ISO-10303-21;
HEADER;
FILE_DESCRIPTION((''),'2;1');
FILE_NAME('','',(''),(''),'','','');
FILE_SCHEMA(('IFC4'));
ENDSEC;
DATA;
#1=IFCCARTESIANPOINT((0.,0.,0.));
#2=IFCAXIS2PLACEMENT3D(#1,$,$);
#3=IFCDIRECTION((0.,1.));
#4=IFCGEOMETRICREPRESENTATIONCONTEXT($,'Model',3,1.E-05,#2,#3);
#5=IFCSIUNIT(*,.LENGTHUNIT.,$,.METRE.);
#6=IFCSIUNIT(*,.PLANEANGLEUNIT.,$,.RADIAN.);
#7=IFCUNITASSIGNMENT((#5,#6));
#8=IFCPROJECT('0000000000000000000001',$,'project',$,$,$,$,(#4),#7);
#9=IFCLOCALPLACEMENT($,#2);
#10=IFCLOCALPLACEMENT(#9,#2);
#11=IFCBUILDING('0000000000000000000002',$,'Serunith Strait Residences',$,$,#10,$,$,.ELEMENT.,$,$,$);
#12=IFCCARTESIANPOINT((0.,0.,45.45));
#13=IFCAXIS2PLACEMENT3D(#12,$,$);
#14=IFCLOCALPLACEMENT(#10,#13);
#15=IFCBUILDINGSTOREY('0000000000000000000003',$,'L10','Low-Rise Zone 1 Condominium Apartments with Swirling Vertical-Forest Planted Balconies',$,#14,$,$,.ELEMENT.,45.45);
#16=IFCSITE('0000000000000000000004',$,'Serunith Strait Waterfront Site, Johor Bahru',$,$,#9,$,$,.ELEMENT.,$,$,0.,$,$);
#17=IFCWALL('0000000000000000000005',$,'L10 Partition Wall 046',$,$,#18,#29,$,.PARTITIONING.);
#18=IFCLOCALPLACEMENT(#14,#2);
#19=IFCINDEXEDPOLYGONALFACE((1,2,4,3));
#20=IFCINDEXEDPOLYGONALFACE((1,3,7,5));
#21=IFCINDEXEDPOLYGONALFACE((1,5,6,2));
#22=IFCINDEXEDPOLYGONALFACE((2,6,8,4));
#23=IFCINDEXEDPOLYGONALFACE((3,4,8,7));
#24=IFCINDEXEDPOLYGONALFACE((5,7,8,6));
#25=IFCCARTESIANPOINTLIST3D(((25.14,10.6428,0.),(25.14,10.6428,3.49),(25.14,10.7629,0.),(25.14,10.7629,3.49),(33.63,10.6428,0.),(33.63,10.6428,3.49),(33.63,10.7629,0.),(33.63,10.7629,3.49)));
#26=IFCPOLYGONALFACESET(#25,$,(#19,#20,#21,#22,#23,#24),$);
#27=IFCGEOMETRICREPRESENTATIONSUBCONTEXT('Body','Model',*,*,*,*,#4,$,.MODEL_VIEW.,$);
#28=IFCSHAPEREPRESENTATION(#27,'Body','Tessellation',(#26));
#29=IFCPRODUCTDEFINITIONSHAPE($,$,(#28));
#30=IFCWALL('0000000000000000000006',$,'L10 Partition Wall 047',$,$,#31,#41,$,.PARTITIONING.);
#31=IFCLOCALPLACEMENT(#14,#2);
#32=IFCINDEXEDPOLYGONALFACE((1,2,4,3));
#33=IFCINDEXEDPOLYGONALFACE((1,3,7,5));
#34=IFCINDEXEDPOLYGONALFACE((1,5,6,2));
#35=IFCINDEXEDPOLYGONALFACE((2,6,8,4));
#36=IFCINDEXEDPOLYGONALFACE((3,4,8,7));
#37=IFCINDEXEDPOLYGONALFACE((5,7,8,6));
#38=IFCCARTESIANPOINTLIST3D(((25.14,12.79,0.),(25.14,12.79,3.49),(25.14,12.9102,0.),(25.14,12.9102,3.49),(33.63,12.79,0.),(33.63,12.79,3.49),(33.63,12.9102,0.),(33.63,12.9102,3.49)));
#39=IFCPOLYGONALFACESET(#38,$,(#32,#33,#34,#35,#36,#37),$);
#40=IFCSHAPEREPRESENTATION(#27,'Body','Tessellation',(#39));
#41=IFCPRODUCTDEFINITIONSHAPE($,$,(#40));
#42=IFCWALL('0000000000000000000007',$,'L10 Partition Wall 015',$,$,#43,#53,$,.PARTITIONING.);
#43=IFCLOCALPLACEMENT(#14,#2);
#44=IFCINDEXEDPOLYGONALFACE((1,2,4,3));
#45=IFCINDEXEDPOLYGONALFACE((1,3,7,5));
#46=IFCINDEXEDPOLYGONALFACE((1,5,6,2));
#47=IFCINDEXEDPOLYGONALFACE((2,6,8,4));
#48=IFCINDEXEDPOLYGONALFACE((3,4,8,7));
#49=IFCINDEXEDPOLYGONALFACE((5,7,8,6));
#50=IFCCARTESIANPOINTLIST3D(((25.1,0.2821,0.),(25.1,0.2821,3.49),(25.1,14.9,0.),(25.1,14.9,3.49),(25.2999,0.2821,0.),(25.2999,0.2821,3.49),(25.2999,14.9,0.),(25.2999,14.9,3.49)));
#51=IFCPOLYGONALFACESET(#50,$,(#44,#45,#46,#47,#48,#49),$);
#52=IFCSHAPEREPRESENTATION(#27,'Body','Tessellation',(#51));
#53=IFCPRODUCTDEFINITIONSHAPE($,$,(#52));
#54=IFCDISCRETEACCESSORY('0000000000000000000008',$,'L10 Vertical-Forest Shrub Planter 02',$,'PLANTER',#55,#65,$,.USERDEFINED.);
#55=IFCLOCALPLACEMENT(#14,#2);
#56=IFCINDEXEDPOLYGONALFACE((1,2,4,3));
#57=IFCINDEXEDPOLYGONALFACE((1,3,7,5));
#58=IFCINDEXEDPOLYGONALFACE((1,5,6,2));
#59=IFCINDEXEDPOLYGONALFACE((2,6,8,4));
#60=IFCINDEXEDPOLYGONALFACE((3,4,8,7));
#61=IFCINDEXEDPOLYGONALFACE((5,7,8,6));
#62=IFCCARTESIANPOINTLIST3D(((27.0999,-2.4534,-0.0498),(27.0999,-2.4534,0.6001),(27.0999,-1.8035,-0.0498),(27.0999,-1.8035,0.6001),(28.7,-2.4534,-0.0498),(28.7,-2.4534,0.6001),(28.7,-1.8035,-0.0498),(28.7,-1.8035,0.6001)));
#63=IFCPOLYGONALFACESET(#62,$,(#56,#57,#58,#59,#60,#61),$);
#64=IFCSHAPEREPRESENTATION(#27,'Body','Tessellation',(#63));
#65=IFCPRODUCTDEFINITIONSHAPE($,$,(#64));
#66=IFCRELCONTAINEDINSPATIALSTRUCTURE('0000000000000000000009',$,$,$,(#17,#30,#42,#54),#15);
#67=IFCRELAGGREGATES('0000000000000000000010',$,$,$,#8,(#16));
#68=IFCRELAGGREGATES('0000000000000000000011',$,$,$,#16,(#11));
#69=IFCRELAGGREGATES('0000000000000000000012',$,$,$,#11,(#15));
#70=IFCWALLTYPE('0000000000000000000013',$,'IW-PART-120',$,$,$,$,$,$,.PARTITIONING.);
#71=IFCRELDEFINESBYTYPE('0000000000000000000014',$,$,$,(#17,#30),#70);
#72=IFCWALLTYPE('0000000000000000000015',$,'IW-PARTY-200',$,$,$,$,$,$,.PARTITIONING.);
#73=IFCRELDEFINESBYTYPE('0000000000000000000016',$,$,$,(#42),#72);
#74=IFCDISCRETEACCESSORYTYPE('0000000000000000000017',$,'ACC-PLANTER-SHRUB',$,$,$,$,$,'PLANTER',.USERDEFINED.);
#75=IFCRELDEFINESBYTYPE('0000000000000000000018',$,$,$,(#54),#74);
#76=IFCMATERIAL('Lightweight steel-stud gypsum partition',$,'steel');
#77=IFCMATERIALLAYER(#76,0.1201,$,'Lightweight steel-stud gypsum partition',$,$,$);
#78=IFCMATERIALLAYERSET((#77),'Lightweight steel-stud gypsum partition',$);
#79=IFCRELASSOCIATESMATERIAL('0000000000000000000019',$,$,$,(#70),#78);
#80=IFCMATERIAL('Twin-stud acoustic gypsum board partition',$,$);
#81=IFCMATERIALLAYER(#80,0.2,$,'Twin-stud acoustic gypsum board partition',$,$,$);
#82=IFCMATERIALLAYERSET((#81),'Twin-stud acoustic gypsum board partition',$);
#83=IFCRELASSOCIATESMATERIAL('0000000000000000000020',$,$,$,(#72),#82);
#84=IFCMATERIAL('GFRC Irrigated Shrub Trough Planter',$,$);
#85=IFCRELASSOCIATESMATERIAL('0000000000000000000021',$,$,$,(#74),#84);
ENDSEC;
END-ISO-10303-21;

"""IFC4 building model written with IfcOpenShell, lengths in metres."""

from ifc_helpers import new_model, si_unit, direction, frame, frame_2d, origin, origin_2d, place, context, subcontext, project, spatial, rectangle, extrude, source, transform, mapped, material, layer, layer_set, type_object, element, save


model = new_model("IFC4")

# Units and contexts
model_context = context("Model", 3, precision=1e-05, world=origin(), true_north=direction((0.0, 1.0)))
body_context = subcontext(model_context, "Body", "Model", "MODEL_VIEW")
ifc_project = project(units=[si_unit("LENGTHUNIT", "METRE"), si_unit("PLANEANGLEUNIT", "RADIAN")], contexts=[model_context])

# Site, building, storey
site_placement = place(None, origin())
site = spatial("IfcSite", under=ifc_project, at=site_placement, Name="Serunith Strait Waterfront Site, Johor Bahru", CompositionType="ELEMENT", RefElevation=0.0)
building_placement = place(site_placement, origin())
building = spatial("IfcBuilding", under=site, at=building_placement, Name="Serunith Strait Residences", CompositionType="ELEMENT")
storey_placement = place(building_placement, frame((0.0, 0.0, 45.45)))
storey = spatial("IfcBuildingStorey", under=building, at=storey_placement, Name="L10", Description="Low-Rise Zone 1 Condominium Apartments with Swirling Vertical-Forest Planted Balconies", CompositionType="ELEMENT", Elevation=45.45)

# Shared definitions
ifc_material_1 = material(Name="Lightweight steel-stud gypsum partition", Category="steel")
ifc_layer_1 = layer(ifc_material_1, 0.1201, Name="Lightweight steel-stud gypsum partition")
ifc_layer_set_1 = layer_set([ifc_layer_1], Name="Lightweight steel-stud gypsum partition")
wall_type_1 = type_object("IfcWallType", Name="IW-PART-120", PredefinedType="PARTITIONING", material=ifc_layer_set_1)

# Walls
for number, where, z_axis, x_axis, name in (
    (1, (25.1399, 10.7029, 0.0), (0.0, 0.0, 1.0), (1.0, 0.0, 0.0), "L10 Partition Wall 046"),
    (2, (25.1399, 12.8501, 0.0), (0.0, 0.0, 1.0), (1.0, 0.0, 0.0), "L10 Partition Wall 047"),
):
    element("IfcWall", number, at=place(storey_placement, frame(where, z_axis=z_axis, x_axis=x_axis)), inside=storey, type_object=wall_type_1, Name=name, PredefinedType="PARTITIONING", context=body_context, shape_type="SweptSolid", body=[
        extrude(rectangle(XDim=8.49, YDim=0.1201, at=frame_2d((4.2451, 0.0))), origin(), (0.0, 0.0, 1.0), 3.49),
    ])
ifc_material_2 = material(Name="Twin-stud acoustic gypsum board partition")
ifc_layer_2 = layer(ifc_material_2, 0.2, Name="Twin-stud acoustic gypsum board partition")
ifc_layer_set_2 = layer_set([ifc_layer_2], Name="Twin-stud acoustic gypsum board partition")
wall_type_2 = type_object("IfcWallType", Name="IW-PARTY-200", PredefinedType="PARTITIONING", material=ifc_layer_set_2)
wall_1_placement = place(storey_placement, frame((25.2, 0.282, 0.0), z_axis=(0.0, 0.0, 1.0), x_axis=(0.0, 1.0, 0.0)))
element("IfcWall", 3, at=wall_1_placement, inside=storey, type_object=wall_type_2, Name="L10 Partition Wall 015", PredefinedType="PARTITIONING", context=body_context, shape_type="SweptSolid", body=[
    extrude(rectangle(XDim=14.6179, YDim=0.2, at=frame_2d((7.3091, 0.0))), origin(), (0.0, 0.0, 1.0), 3.49),
])

# Discrete accessory
ifc_material_3 = material(Name="GFRC Irrigated Shrub Trough Planter")
discrete_accessory_type = type_object("IfcDiscreteAccessoryType", Name="ACC-PLANTER-SHRUB", ElementType="PLANTER", PredefinedType="USERDEFINED", material=ifc_material_3)
shared_shape_1 = source(origin(), body_context, "Body", "SweptSolid", [
    extrude(rectangle(XDim=1.6001, YDim=0.6499, at=origin_2d()), origin(), (0.0, 0.0, 1.0), 0.6499),
])
discrete_accessory_placement = place(storey_placement, frame((27.8999, -2.1284, -0.0498), z_axis=(0.0, 0.0, 1.0), x_axis=(1.0, 0.0, 0.0)))
element("IfcDiscreteAccessory", 4, at=discrete_accessory_placement, inside=storey, type_object=discrete_accessory_type, Name="L10 Vertical-Forest Shrub Planter 02", ObjectType="PLANTER", PredefinedType="USERDEFINED", context=body_context, shape_type="MappedRepresentation", body=[
    mapped(shared_shape_1, transform((0.0, 0.0, 0.0), scale=1.0)),
])

save(model, "model.ifc")
